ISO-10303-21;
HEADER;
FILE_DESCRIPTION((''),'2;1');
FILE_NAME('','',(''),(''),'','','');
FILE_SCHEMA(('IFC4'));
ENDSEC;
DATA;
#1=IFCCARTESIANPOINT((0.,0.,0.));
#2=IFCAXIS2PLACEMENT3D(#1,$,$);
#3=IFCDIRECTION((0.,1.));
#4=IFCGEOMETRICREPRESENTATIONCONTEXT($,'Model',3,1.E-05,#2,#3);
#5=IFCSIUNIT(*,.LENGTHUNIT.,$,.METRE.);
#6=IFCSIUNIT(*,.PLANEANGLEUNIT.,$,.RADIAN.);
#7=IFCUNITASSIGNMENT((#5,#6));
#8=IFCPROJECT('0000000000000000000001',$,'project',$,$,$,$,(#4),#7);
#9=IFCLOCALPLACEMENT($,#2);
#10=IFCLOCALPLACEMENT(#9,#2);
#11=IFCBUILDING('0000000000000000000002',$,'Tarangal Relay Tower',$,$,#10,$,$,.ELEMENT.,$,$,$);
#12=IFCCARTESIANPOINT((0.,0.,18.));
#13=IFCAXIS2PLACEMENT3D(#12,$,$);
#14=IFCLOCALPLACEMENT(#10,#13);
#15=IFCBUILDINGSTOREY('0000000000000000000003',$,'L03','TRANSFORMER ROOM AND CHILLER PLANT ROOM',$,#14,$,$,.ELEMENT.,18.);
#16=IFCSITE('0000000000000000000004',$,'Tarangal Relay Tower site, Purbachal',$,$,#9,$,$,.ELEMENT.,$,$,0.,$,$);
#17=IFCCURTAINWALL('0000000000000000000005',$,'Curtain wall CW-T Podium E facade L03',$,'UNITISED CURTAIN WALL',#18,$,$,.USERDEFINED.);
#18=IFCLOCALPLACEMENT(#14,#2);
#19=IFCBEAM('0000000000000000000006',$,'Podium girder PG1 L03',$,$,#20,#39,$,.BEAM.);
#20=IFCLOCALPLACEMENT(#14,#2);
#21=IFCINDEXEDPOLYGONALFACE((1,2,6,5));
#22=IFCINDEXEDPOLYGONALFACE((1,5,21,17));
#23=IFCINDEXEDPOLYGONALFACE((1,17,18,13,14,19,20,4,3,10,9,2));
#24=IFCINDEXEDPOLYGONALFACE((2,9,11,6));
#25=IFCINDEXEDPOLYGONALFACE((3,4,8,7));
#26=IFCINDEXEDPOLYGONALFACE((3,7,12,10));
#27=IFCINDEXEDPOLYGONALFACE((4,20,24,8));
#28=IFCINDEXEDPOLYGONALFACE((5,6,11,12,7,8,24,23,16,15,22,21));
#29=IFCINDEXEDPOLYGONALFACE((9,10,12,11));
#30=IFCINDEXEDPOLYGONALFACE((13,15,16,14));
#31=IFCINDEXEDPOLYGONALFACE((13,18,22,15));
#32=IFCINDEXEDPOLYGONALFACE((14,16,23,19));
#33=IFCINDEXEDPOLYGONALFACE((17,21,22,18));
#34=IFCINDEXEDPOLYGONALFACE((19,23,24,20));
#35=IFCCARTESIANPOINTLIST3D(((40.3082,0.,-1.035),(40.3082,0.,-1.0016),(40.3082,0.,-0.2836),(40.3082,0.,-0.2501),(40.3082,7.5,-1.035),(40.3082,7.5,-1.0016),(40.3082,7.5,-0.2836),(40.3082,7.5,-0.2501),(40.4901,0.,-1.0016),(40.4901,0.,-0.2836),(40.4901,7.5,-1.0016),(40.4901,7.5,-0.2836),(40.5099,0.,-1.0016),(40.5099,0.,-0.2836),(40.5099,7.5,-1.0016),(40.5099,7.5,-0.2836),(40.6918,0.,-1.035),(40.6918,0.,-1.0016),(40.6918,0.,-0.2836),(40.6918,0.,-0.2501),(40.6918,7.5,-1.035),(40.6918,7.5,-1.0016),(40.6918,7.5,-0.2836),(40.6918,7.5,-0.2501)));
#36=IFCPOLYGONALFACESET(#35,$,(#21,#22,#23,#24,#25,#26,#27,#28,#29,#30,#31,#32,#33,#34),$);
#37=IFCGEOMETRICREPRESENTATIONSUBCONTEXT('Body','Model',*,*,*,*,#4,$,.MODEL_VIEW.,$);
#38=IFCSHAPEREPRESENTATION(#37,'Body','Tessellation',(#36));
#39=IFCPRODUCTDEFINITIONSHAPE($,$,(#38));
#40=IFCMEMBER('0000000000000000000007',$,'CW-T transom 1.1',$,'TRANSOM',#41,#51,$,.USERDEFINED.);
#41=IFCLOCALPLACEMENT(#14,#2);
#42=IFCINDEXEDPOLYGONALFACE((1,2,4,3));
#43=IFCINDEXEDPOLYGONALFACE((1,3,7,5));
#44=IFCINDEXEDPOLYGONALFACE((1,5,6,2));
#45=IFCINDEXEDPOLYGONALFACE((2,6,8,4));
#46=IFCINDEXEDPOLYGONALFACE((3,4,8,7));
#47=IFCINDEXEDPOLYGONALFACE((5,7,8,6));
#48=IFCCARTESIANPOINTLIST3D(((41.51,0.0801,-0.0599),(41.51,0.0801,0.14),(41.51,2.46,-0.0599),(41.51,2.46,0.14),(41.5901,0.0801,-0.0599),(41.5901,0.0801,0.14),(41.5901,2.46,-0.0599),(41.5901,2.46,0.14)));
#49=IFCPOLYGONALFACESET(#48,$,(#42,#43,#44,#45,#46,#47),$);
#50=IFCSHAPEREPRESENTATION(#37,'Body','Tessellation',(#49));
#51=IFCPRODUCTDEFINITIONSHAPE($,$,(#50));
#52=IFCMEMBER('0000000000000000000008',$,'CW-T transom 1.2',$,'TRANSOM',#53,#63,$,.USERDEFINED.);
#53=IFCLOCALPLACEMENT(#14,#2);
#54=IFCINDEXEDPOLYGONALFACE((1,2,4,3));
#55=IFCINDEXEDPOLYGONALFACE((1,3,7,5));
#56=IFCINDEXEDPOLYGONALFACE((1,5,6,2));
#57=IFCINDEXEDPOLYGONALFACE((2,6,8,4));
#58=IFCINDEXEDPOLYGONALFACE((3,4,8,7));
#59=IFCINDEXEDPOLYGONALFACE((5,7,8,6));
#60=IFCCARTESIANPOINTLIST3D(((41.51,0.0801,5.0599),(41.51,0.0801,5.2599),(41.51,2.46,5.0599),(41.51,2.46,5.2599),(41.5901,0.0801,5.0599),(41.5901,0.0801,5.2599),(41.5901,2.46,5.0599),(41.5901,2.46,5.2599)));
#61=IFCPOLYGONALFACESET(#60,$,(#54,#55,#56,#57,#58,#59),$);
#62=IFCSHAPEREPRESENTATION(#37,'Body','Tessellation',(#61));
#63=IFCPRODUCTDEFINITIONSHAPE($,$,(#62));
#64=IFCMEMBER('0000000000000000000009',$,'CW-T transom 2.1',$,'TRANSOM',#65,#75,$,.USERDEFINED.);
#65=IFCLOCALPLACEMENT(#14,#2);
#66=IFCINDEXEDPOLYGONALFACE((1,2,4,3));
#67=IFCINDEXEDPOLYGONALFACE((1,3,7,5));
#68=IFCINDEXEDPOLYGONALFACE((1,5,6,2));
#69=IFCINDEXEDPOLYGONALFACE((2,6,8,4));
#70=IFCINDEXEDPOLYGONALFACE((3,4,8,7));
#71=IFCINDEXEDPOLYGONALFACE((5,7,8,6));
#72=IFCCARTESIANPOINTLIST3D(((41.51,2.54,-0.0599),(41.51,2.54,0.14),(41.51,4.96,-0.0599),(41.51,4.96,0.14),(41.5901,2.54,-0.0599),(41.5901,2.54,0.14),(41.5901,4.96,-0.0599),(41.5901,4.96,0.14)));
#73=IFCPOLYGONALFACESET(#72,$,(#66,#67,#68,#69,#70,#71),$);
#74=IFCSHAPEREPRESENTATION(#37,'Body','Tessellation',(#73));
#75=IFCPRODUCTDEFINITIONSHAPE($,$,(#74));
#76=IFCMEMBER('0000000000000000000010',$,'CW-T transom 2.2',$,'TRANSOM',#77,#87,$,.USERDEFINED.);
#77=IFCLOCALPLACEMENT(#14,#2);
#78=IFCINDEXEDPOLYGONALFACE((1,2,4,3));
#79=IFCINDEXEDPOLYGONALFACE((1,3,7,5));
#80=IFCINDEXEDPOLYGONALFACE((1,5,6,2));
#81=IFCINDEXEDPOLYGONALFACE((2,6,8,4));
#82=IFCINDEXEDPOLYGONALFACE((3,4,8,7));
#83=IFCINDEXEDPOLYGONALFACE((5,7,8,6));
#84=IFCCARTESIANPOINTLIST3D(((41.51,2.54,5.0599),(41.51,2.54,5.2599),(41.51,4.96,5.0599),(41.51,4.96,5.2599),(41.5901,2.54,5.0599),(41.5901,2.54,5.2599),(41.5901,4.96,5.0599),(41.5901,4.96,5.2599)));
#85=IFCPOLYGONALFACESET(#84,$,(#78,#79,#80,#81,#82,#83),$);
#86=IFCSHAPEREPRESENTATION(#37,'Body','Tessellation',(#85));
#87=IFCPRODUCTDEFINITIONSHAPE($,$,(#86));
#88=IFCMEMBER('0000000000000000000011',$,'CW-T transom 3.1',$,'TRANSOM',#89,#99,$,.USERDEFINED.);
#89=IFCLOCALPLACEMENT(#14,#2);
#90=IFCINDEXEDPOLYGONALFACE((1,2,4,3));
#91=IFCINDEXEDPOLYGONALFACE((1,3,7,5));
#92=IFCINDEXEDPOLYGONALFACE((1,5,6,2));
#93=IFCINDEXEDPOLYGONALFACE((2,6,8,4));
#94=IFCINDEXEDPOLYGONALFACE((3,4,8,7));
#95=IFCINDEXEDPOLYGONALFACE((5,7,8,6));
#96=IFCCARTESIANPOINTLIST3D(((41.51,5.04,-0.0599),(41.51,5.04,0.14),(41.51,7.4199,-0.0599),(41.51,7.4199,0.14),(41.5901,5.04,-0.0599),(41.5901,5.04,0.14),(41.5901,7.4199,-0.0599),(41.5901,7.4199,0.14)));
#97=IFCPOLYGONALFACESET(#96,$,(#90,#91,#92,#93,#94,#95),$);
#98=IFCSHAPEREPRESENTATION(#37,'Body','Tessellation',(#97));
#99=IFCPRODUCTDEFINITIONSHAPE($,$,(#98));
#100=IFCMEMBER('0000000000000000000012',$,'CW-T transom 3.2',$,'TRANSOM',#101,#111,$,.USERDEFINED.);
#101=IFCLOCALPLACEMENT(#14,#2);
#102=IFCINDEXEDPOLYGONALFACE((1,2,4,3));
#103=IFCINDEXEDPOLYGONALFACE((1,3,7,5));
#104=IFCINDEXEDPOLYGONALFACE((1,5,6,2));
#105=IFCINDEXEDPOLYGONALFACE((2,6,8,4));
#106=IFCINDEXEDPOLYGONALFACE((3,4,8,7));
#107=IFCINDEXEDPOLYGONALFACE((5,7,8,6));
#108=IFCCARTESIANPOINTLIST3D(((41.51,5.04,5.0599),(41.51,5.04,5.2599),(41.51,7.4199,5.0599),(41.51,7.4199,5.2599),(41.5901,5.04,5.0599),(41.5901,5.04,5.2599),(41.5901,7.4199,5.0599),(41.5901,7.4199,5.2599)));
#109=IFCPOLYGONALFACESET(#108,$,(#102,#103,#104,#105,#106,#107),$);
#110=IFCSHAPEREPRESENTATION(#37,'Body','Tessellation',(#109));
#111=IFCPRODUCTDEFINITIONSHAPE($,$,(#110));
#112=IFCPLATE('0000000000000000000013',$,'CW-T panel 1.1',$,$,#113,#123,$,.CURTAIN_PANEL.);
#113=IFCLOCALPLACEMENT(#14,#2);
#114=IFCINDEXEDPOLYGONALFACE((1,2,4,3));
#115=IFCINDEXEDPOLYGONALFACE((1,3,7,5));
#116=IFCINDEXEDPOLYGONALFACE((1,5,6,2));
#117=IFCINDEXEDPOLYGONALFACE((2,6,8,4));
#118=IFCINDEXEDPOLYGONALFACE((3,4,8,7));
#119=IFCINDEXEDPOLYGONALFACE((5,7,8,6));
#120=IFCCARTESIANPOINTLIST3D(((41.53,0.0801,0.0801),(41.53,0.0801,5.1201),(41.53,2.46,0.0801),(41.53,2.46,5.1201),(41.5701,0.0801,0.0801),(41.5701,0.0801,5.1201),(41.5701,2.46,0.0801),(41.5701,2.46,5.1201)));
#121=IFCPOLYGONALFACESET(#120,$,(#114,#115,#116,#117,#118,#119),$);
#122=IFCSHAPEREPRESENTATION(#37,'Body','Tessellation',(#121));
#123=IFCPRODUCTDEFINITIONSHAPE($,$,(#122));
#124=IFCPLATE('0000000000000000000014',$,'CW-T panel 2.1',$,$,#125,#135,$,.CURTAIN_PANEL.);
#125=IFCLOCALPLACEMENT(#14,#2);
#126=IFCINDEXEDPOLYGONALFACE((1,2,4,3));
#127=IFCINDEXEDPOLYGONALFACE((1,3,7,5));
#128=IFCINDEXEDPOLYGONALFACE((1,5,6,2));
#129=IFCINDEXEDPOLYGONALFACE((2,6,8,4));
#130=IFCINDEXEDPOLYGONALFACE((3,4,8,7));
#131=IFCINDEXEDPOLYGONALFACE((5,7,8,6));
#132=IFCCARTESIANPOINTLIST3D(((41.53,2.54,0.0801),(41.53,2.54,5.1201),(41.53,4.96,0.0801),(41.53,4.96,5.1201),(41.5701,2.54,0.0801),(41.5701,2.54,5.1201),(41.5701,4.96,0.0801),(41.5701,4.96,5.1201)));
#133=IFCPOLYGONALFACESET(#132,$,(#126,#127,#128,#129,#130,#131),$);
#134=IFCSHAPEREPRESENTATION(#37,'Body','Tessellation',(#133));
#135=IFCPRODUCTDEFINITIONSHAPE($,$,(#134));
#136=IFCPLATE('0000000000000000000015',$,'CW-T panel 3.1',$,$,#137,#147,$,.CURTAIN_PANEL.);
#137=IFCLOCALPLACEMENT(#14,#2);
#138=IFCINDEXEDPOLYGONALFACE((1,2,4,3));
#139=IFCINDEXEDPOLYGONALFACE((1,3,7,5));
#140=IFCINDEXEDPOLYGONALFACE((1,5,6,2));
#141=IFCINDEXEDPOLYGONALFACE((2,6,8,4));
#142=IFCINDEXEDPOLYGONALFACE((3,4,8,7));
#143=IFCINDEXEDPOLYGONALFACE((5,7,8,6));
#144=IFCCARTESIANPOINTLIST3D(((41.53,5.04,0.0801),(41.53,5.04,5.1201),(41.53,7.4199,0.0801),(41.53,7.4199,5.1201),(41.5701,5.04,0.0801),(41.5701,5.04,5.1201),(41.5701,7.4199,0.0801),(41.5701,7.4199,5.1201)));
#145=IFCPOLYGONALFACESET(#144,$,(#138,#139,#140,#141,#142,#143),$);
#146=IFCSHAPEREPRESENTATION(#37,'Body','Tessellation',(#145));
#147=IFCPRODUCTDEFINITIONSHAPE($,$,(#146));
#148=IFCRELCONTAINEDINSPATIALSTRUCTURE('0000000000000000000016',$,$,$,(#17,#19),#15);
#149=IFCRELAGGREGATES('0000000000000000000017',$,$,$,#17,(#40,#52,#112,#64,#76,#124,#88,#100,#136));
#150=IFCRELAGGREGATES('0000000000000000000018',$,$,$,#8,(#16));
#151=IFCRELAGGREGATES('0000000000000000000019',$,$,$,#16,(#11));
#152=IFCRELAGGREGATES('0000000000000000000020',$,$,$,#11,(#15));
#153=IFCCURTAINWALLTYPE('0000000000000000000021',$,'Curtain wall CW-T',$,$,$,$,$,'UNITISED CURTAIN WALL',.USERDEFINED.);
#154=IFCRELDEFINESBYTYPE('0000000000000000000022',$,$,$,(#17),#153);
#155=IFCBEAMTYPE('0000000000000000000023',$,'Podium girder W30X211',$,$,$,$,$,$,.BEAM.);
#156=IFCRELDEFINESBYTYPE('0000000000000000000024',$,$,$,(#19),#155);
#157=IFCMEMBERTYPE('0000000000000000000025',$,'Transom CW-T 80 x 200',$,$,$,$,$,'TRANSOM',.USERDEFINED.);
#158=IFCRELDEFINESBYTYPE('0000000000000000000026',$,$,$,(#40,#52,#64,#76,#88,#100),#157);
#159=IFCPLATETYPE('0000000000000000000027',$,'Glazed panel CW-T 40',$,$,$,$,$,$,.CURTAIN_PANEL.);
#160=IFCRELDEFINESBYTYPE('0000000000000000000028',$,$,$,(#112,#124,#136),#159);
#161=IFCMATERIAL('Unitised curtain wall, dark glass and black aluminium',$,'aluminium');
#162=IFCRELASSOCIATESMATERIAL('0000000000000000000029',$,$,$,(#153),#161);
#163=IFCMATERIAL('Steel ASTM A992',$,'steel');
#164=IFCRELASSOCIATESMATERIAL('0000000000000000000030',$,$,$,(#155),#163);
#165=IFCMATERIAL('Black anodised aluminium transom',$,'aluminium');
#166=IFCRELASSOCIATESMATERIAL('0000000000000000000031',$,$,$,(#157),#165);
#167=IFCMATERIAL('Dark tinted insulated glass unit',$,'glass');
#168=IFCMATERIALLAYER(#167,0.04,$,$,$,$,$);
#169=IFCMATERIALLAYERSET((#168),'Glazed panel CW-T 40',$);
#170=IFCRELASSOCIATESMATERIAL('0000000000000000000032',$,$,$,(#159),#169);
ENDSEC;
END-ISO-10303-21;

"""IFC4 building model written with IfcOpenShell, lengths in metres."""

from ifc_helpers import new_model, si_unit, direction, frame, origin, origin_2d, place, context, subcontext, project, spatial, rectangle, i_section, extrude, material, layer, layer_set, material_profile, profile_set, type_object, element, aggregate, save


model = new_model("IFC4")

# Units and contexts
model_context = context("Model", 3, precision=1e-05, world=origin(), true_north=direction((0.0, 1.0)))
body_context = subcontext(model_context, "Body", "Model", "MODEL_VIEW")
ifc_project = project(units=[si_unit("LENGTHUNIT", "METRE"), si_unit("PLANEANGLEUNIT", "RADIAN")], contexts=[model_context])

# Site, building, storey
site_placement = place(None, origin())
site = spatial("IfcSite", under=ifc_project, at=site_placement, Name="Tarangal Relay Tower site, Purbachal", CompositionType="ELEMENT", RefElevation=0.0)
building_placement = place(site_placement, origin())
building = spatial("IfcBuilding", under=site, at=building_placement, Name="Tarangal Relay Tower", CompositionType="ELEMENT")
storey_placement = place(building_placement, frame((0.0, 0.0, 18.0)))
storey = spatial("IfcBuildingStorey", under=building, at=storey_placement, Name="L03", Description="TRANSFORMER ROOM AND CHILLER PLANT ROOM", CompositionType="ELEMENT", Elevation=18.0)

# Shared definitions
ifc_material_1 = material(Name="Steel ASTM A992", Category="steel")

# Curtain wall
ifc_material_2 = material(Name="Unitised curtain wall, dark glass and black aluminium", Category="aluminium")
curtain_wall_type = type_object("IfcCurtainWallType", Name="Curtain wall CW-T", ElementType="UNITISED CURTAIN WALL", PredefinedType="USERDEFINED", material=ifc_material_2)
curtain_wall_placement = place(storey_placement, origin())
curtain_wall = element("IfcCurtainWall", 1, at=curtain_wall_placement, inside=storey, type_object=curtain_wall_type, Name="Curtain wall CW-T Podium E facade L03", ObjectType="UNITISED CURTAIN WALL", PredefinedType="USERDEFINED")

# Beam
ifc_material_profile_1 = material_profile(ifc_material_1, i_section(OverallWidth=0.3835, OverallDepth=0.7849, WebThickness=0.0198, FlangeThickness=0.0334, at=origin_2d()), Name="W30X211")
ifc_profile_set_1 = profile_set([ifc_material_profile_1], Name="Steel ASTM A992")
beam_type_1 = type_object("IfcBeamType", Name="Podium girder W30X211", PredefinedType="BEAM", material=ifc_profile_set_1)
for number, where, z_axis, x_axis, name in (
    (2, (40.5, 0.0, -0.6426), (0.0, 1.0, 0.0), (-1.0, 0.0, 0.0), "Podium girder PG1 L03"),
):
    element("IfcBeam", number, at=place(storey_placement, frame(where, z_axis=z_axis, x_axis=x_axis)), inside=storey, type_object=beam_type_1, Name=name, PredefinedType="BEAM", context=body_context, shape_type="SweptSolid", body=[
        extrude(i_section(OverallWidth=0.3835, OverallDepth=0.7849, WebThickness=0.0198, FlangeThickness=0.0334, at=origin_2d()), origin(), (0.0, 0.0, 1.0), 7.5),
    ])

# Members
ifc_material_3 = material(Name="Black anodised aluminium transom", Category="aluminium")
ifc_material_profile_2 = material_profile(ifc_material_3, rectangle(XDim=0.0801, YDim=0.2, at=origin_2d()), Name="CW-TT 80X200")
ifc_profile_set_2 = profile_set([ifc_material_profile_2], Name="Black anodised aluminium transom")
member_type_1 = type_object("IfcMemberType", Name="Transom CW-T 80 x 200", ElementType="TRANSOM", PredefinedType="USERDEFINED", material=ifc_profile_set_2)
member_1_placement = place(storey_placement, frame((41.55, 0.0801, 0.04), z_axis=(0.0, 1.0, 0.0), x_axis=(-1.0, 0.0, 0.0)))
member_1 = element("IfcMember", 3, at=member_1_placement, type_object=member_type_1, Name="CW-T transom 1.1", ObjectType="TRANSOM", PredefinedType="USERDEFINED", context=body_context, shape_type="SweptSolid", body=[
    extrude(rectangle(XDim=0.0801, YDim=0.2, at=origin_2d()), origin(), (0.0, 0.0, 1.0), 2.3799),
])
member_2_placement = place(storey_placement, frame((41.55, 0.0801, 5.1599), z_axis=(0.0, 1.0, 0.0), x_axis=(-1.0, 0.0, 0.0)))
member_2 = element("IfcMember", 4, at=member_2_placement, type_object=member_type_1, Name="CW-T transom 1.2", ObjectType="TRANSOM", PredefinedType="USERDEFINED", context=body_context, shape_type="SweptSolid", body=[
    extrude(rectangle(XDim=0.0801, YDim=0.2, at=origin_2d()), origin(), (0.0, 0.0, 1.0), 2.3799),
])
member_3_placement = place(storey_placement, frame((41.55, 2.54, 0.04), z_axis=(0.0, 1.0, 0.0), x_axis=(-1.0, 0.0, 0.0)))
member_3 = element("IfcMember", 5, at=member_3_placement, type_object=member_type_1, Name="CW-T transom 2.1", ObjectType="TRANSOM", PredefinedType="USERDEFINED", context=body_context, shape_type="SweptSolid", body=[
    extrude(rectangle(XDim=0.0801, YDim=0.2, at=origin_2d()), origin(), (0.0, 0.0, 1.0), 2.4199),
])
member_4_placement = place(storey_placement, frame((41.55, 2.54, 5.1599), z_axis=(0.0, 1.0, 0.0), x_axis=(-1.0, 0.0, 0.0)))
member_4 = element("IfcMember", 6, at=member_4_placement, type_object=member_type_1, Name="CW-T transom 2.2", ObjectType="TRANSOM", PredefinedType="USERDEFINED", context=body_context, shape_type="SweptSolid", body=[
    extrude(rectangle(XDim=0.0801, YDim=0.2, at=origin_2d()), origin(), (0.0, 0.0, 1.0), 2.4199),
])
member_5_placement = place(storey_placement, frame((41.55, 5.04, 0.04), z_axis=(0.0, 1.0, 0.0), x_axis=(-1.0, 0.0, 0.0)))
member_5 = element("IfcMember", 7, at=member_5_placement, type_object=member_type_1, Name="CW-T transom 3.1", ObjectType="TRANSOM", PredefinedType="USERDEFINED", context=body_context, shape_type="SweptSolid", body=[
    extrude(rectangle(XDim=0.0801, YDim=0.2, at=origin_2d()), origin(), (0.0, 0.0, 1.0), 2.3799),
])
member_6_placement = place(storey_placement, frame((41.55, 5.04, 5.1599), z_axis=(0.0, 1.0, 0.0), x_axis=(-1.0, 0.0, 0.0)))
member_6 = element("IfcMember", 8, at=member_6_placement, type_object=member_type_1, Name="CW-T transom 3.2", ObjectType="TRANSOM", PredefinedType="USERDEFINED", context=body_context, shape_type="SweptSolid", body=[
    extrude(rectangle(XDim=0.0801, YDim=0.2, at=origin_2d()), origin(), (0.0, 0.0, 1.0), 2.3799),
])

# Plates
ifc_material_4 = material(Name="Dark tinted insulated glass unit", Category="glass")
ifc_layer = layer(ifc_material_4, 0.04)
ifc_layer_set = layer_set([ifc_layer], Name="Glazed panel CW-T 40")
plate_type = type_object("IfcPlateType", Name="Glazed panel CW-T 40", PredefinedType="CURTAIN_PANEL", material=ifc_layer_set)
plate_1_placement = place(storey_placement, frame((41.55, 1.27, 0.0801), z_axis=(0.0, 0.0, 1.0), x_axis=(0.0, 1.0, 0.0)))
plate_1 = element("IfcPlate", 9, at=plate_1_placement, type_object=plate_type, Name="CW-T panel 1.1", PredefinedType="CURTAIN_PANEL", context=body_context, shape_type="SweptSolid", body=[
    extrude(rectangle(XDim=2.3799, YDim=0.04, at=origin_2d()), origin(), (0.0, 0.0, 1.0), 5.04),
])
plate_2_placement = place(storey_placement, frame((41.55, 3.75, 0.0801), z_axis=(0.0, 0.0, 1.0), x_axis=(0.0, 1.0, 0.0)))
plate_2 = element("IfcPlate", 10, at=plate_2_placement, type_object=plate_type, Name="CW-T panel 2.1", PredefinedType="CURTAIN_PANEL", context=body_context, shape_type="SweptSolid", body=[
    extrude(rectangle(XDim=2.4199, YDim=0.04, at=origin_2d()), origin(), (0.0, 0.0, 1.0), 5.04),
])
plate_3_placement = place(storey_placement, frame((41.55, 6.23, 0.0801), z_axis=(0.0, 0.0, 1.0), x_axis=(0.0, 1.0, 0.0)))
plate_3 = element("IfcPlate", 11, at=plate_3_placement, type_object=plate_type, Name="CW-T panel 3.1", PredefinedType="CURTAIN_PANEL", context=body_context, shape_type="SweptSolid", body=[
    extrude(rectangle(XDim=2.3799, YDim=0.04, at=origin_2d()), origin(), (0.0, 0.0, 1.0), 5.04),
])
aggregate(curtain_wall, [member_1, member_2, plate_1, member_3, member_4, plate_2, member_5, member_6, plate_3])

save(model, "model.ifc")
